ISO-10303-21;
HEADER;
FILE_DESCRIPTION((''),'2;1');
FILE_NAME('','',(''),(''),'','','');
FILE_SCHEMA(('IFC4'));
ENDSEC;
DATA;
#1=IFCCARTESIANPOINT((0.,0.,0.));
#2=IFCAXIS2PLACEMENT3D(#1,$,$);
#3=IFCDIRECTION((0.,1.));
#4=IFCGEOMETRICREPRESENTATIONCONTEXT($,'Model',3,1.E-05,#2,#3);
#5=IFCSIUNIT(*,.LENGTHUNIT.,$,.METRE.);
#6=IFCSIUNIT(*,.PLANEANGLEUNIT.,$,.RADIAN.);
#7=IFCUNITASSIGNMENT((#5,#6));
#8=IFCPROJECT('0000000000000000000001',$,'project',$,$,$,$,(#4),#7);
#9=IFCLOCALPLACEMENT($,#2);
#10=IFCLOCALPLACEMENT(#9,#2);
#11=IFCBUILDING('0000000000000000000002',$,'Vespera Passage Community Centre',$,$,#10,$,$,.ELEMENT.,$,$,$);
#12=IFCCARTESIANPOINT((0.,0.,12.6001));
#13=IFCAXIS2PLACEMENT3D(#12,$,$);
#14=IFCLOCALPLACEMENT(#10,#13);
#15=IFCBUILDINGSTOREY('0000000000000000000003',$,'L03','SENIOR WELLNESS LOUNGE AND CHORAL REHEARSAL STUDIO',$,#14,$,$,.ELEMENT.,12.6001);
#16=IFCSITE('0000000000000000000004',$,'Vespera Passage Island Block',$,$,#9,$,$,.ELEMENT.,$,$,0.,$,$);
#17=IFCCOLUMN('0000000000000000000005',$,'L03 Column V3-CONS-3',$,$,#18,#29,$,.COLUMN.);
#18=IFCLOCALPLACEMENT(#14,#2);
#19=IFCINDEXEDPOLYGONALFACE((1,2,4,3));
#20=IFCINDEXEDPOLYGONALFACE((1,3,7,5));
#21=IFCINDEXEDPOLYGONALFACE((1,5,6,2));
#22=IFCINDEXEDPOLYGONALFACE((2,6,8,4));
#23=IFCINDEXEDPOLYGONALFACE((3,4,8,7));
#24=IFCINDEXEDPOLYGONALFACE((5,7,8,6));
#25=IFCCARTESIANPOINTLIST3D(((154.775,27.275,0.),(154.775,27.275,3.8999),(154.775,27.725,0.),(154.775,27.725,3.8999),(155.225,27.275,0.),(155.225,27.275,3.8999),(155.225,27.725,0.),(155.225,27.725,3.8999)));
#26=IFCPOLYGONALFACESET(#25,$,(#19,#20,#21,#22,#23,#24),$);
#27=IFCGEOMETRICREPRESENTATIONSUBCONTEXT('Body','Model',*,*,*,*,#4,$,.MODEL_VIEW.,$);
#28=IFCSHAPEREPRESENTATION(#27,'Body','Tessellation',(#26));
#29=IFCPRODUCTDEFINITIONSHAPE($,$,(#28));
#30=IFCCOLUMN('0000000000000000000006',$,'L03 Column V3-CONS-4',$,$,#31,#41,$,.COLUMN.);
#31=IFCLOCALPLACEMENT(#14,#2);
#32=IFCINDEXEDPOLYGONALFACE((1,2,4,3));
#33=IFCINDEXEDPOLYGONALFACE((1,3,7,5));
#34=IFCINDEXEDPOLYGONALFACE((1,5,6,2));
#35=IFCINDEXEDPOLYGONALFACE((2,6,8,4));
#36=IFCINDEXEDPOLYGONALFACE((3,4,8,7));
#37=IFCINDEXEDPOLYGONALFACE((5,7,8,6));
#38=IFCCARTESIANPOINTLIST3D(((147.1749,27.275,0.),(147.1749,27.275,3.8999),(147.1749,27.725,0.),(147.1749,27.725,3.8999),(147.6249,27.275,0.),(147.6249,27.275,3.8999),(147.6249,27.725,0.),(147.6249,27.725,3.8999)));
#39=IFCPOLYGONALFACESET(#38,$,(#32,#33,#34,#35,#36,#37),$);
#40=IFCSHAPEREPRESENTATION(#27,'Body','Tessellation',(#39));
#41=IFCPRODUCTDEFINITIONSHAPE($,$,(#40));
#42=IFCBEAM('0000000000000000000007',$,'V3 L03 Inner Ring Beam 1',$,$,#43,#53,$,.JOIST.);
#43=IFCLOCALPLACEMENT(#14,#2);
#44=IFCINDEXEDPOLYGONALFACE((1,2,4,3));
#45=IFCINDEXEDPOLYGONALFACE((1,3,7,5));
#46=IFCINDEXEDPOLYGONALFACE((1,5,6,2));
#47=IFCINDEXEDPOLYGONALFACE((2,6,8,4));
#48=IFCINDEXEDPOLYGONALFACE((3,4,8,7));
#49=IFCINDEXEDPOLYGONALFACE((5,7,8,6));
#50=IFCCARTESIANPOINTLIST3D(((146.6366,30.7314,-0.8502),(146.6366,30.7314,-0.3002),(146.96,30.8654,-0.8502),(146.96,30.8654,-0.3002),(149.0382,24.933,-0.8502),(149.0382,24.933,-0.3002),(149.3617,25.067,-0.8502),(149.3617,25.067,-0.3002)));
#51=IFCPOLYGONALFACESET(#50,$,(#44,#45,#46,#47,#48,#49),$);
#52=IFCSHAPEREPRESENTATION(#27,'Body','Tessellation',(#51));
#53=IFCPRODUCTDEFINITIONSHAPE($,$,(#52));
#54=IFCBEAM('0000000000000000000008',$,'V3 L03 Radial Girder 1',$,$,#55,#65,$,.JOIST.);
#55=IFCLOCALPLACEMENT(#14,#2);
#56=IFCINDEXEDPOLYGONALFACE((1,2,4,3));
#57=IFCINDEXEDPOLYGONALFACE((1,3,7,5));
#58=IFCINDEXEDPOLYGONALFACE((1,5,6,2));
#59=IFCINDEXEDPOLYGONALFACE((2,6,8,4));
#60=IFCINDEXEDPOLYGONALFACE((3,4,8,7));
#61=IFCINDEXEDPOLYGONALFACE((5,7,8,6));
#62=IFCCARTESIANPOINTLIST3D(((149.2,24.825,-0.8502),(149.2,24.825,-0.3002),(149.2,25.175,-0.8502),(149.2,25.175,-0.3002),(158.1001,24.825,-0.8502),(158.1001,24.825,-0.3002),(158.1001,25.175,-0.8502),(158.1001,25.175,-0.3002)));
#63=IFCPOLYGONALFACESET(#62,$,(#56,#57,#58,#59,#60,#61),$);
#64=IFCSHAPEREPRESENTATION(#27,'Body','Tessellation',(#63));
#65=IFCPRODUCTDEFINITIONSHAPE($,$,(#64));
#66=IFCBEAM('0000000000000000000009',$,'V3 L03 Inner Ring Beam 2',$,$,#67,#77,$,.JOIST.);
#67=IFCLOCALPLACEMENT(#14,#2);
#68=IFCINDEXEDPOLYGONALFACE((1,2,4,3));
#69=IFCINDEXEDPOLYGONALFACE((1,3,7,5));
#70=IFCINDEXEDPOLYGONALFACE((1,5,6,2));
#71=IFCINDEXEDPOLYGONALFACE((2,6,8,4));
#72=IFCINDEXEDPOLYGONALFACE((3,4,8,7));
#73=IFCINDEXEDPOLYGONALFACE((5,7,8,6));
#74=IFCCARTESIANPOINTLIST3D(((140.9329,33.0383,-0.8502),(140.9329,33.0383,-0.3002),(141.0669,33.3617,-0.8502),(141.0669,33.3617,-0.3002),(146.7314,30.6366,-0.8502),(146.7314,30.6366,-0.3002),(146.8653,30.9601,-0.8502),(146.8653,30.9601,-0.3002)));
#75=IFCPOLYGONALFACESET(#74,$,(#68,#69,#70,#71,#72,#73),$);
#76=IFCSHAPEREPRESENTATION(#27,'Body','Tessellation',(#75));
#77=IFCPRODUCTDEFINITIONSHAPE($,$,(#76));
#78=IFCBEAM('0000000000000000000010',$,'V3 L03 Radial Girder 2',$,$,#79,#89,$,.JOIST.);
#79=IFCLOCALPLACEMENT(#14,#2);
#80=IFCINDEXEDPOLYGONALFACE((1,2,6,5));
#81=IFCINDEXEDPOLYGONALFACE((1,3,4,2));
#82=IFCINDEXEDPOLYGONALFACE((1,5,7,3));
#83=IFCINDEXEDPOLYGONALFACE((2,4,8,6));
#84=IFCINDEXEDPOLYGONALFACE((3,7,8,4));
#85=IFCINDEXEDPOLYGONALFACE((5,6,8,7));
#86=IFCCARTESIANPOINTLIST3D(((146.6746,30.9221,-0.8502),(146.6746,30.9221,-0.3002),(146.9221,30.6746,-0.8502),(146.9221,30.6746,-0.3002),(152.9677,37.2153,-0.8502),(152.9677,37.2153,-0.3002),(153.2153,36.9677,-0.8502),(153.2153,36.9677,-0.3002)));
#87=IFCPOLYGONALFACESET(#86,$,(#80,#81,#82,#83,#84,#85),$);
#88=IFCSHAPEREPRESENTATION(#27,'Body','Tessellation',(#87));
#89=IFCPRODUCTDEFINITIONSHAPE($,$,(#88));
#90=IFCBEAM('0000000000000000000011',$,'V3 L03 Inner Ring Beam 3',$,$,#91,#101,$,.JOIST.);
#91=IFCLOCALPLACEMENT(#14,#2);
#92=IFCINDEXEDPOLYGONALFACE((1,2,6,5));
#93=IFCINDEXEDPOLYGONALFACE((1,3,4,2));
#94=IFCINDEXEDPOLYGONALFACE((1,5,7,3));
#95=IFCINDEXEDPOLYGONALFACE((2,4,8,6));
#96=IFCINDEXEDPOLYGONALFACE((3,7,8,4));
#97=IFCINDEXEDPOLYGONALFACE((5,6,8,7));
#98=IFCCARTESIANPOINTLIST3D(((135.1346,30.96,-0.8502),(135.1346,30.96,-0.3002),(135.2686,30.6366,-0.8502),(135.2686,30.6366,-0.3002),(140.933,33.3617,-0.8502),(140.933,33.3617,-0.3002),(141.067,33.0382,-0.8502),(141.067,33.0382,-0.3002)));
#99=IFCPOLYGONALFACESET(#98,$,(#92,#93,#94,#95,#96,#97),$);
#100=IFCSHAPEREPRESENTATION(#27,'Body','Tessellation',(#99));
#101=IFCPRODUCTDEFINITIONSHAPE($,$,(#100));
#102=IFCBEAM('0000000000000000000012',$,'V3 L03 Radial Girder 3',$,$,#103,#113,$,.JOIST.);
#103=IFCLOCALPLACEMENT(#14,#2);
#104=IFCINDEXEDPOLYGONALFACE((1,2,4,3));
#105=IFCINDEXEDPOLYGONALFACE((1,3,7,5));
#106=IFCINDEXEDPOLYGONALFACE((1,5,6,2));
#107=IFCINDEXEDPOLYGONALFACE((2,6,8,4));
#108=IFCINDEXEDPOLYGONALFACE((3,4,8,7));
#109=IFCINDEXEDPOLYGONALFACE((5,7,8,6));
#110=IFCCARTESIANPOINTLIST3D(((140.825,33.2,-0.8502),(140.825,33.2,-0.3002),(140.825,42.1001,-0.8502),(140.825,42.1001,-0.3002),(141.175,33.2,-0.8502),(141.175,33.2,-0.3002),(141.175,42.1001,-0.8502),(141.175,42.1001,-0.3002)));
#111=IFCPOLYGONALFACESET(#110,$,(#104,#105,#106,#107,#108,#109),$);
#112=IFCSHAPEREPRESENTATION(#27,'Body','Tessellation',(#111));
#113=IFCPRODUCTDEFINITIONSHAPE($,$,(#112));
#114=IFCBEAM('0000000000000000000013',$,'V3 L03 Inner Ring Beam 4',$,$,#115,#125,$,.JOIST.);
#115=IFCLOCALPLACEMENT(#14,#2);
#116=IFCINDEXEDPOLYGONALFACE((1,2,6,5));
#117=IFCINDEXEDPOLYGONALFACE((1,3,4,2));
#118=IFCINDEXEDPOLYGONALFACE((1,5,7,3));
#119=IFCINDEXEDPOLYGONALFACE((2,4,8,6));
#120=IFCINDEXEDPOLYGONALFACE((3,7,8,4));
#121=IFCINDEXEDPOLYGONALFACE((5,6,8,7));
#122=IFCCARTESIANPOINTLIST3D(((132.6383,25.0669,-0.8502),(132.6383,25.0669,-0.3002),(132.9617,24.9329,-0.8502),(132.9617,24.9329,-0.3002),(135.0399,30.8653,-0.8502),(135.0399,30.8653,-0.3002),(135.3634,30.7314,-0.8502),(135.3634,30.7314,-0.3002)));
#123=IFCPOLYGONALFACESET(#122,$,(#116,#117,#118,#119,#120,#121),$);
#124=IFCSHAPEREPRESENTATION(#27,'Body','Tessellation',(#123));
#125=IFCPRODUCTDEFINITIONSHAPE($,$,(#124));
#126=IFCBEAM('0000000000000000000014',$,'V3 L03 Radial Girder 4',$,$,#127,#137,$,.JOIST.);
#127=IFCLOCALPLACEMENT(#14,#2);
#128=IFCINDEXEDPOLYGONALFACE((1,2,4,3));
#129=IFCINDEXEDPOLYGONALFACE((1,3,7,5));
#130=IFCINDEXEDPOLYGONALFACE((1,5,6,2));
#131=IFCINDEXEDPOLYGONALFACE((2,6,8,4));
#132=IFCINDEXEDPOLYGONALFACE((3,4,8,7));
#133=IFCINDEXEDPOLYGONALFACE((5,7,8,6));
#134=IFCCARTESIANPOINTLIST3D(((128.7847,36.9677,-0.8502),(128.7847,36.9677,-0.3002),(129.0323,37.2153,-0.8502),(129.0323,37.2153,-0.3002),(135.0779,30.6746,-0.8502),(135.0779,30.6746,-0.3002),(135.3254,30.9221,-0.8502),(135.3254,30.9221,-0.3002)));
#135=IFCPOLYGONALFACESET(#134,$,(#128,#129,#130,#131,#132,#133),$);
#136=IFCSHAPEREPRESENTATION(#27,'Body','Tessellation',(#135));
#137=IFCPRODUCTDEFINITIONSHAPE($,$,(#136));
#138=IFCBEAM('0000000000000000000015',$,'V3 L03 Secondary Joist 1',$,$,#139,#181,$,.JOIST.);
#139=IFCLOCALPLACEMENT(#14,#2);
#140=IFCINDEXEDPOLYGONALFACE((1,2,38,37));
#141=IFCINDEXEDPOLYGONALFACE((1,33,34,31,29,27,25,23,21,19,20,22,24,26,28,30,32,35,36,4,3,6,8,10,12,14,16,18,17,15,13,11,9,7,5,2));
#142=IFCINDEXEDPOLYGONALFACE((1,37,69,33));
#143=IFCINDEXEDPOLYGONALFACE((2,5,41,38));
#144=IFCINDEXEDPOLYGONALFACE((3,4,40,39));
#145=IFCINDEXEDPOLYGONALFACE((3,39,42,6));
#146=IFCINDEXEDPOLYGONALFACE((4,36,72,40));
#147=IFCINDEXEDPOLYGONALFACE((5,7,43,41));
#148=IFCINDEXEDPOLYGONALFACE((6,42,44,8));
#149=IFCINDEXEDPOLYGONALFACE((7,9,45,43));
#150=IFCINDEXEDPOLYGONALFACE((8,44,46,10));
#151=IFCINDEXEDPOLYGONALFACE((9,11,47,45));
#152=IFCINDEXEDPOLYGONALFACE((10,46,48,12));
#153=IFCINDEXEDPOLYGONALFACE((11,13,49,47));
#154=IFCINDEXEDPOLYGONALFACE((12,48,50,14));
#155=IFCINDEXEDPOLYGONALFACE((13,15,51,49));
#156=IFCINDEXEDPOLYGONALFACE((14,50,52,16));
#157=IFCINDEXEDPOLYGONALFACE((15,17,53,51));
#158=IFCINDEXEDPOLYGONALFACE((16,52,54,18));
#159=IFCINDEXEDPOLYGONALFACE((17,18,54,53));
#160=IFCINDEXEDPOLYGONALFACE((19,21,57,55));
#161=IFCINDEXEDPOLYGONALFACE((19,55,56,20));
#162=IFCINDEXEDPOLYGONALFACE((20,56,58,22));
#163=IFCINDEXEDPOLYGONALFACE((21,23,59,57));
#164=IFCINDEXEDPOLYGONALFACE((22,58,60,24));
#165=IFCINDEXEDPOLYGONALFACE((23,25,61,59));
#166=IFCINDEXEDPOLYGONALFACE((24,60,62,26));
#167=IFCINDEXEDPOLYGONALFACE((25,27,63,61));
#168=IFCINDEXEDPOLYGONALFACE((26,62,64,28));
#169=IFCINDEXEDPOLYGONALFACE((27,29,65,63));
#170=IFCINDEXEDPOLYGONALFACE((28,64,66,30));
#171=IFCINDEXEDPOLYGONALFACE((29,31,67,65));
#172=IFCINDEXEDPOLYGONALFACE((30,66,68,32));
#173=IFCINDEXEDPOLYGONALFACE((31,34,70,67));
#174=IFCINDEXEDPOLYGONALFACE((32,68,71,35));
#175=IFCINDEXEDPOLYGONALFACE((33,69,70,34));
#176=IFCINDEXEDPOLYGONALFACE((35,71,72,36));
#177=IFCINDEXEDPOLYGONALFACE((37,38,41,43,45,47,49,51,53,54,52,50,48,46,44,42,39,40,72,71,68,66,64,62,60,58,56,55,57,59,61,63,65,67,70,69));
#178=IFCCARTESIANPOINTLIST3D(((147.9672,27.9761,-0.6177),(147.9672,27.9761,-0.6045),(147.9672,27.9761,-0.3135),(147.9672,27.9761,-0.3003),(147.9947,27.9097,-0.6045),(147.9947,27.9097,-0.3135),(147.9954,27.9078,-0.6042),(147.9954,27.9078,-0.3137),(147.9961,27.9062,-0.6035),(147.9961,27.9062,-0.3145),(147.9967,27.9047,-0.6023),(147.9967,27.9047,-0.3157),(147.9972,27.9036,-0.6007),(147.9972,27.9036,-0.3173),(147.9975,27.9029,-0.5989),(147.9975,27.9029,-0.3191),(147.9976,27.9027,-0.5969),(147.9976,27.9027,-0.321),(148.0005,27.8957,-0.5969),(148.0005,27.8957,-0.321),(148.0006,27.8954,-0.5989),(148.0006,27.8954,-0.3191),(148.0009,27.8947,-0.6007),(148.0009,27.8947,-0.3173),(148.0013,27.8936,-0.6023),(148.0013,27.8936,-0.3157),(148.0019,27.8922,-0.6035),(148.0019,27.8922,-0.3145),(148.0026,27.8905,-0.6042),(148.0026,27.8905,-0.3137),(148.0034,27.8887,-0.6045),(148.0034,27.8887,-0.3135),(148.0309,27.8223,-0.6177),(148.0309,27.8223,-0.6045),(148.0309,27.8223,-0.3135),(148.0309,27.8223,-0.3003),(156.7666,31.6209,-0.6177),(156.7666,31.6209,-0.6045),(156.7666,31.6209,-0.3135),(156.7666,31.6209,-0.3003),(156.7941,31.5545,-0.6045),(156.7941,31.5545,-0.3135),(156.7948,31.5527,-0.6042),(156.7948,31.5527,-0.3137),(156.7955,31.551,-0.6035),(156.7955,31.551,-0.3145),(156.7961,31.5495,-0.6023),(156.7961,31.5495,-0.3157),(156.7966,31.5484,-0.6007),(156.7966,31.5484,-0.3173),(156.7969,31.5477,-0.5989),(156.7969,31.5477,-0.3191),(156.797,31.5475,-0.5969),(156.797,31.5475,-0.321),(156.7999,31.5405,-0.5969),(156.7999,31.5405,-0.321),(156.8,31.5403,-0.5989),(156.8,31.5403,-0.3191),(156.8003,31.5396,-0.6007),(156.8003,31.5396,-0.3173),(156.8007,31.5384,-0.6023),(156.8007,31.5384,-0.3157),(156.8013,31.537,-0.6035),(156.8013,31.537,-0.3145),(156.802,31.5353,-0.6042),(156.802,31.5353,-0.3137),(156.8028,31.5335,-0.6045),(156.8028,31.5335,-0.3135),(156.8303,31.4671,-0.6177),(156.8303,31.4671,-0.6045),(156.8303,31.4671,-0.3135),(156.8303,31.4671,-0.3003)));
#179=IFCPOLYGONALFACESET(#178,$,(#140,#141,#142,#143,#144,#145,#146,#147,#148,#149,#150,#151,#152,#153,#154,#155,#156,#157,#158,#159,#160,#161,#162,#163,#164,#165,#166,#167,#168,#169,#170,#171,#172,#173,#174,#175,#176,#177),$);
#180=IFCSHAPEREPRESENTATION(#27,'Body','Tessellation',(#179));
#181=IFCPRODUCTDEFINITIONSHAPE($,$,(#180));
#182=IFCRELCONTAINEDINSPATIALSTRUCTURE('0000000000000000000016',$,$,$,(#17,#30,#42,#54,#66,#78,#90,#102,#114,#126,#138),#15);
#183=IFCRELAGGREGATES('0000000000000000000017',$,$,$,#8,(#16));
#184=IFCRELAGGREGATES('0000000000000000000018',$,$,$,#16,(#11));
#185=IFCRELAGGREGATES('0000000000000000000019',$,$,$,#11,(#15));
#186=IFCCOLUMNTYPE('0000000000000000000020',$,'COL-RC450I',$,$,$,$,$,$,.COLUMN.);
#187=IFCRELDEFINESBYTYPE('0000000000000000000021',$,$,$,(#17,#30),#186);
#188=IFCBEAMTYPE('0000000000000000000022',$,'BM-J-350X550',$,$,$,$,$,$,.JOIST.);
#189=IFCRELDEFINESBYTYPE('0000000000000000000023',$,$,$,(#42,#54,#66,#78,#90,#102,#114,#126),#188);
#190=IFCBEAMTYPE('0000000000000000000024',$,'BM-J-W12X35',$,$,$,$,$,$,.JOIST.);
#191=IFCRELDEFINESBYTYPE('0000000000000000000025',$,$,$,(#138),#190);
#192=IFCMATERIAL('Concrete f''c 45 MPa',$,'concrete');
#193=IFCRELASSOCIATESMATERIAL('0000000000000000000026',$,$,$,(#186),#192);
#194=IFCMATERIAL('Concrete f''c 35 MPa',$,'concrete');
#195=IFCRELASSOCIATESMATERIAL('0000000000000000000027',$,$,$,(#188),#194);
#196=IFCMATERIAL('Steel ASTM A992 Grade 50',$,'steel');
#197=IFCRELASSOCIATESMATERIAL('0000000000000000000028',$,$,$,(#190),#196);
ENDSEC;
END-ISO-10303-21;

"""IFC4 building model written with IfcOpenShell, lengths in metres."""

from ifc_helpers import new_model, si_unit, direction, frame, origin, origin_2d, place, context, subcontext, project, spatial, rectangle, i_section, extrude, material, material_profile, profile_set, type_object, element, save


model = new_model("IFC4")

# Units and contexts
model_context = context("Model", 3, precision=1e-05, world=origin(), true_north=direction((0.0, 1.0)))
body_context = subcontext(model_context, "Body", "Model", "MODEL_VIEW")
ifc_project = project(units=[si_unit("LENGTHUNIT", "METRE"), si_unit("PLANEANGLEUNIT", "RADIAN")], contexts=[model_context])

# Site, building, storey
site_placement = place(None, origin())
site = spatial("IfcSite", under=ifc_project, at=site_placement, Name="Vespera Passage Island Block", CompositionType="ELEMENT", RefElevation=0.0)
building_placement = place(site_placement, origin())
building = spatial("IfcBuilding", under=site, at=building_placement, Name="Vespera Passage Community Centre", CompositionType="ELEMENT")
storey_placement = place(building_placement, frame((0.0, 0.0, 12.6001)))
storey = spatial("IfcBuildingStorey", under=building, at=storey_placement, Name="L03", Description="SENIOR WELLNESS LOUNGE AND CHORAL REHEARSAL STUDIO", CompositionType="ELEMENT", Elevation=12.6001)

# Columns
ifc_material_1 = material(Name="Concrete f'c 45 MPa", Category="concrete")
ifc_material_profile_1 = material_profile(ifc_material_1, rectangle(XDim=0.45, YDim=0.45, at=origin_2d()), Name="RC450X450")
ifc_profile_set_1 = profile_set([ifc_material_profile_1], Name="Concrete f'c 45 MPa")
column_type = type_object("IfcColumnType", Name="COL-RC450I", PredefinedType="COLUMN", material=ifc_profile_set_1)
for number, where, z_axis, x_axis, name in (
    (1, (155.0, 27.5, 0.0), (0.0, 0.0, 1.0), (1.0, 0.0, 0.0), "L03 Column V3-CONS-3"),
    (2, (147.3999, 27.5, 0.0), (0.0, 0.0, 1.0), (1.0, 0.0, 0.0), "L03 Column V3-CONS-4"),
):
    element("IfcColumn", number, at=place(storey_placement, frame(where, z_axis=z_axis, x_axis=x_axis)), inside=storey, type_object=column_type, Name=name, PredefinedType="COLUMN", context=body_context, shape_type="SweptSolid", body=[
        extrude(rectangle(XDim=0.45, YDim=0.45, at=origin_2d()), origin(), (0.0, 0.0, 1.0), 3.8999),
    ])

# Beams
ifc_material_2 = material(Name="Concrete f'c 35 MPa", Category="concrete")
ifc_material_profile_2 = material_profile(ifc_material_2, rectangle(XDim=0.3501, YDim=0.55, at=origin_2d()), Name="RC350X550")
ifc_profile_set_2 = profile_set([ifc_material_profile_2], Name="Concrete f'c 35 MPa")
beam_type_1 = type_object("IfcBeamType", Name="BM-J-350X550", PredefinedType="JOIST", material=ifc_profile_set_2)
beam_1_placement = place(storey_placement, frame((149.2, 25.0, -0.5752), z_axis=(-0.382664, 0.923887, 0.0), x_axis=(-0.923887, -0.382664, 0.0)))
element("IfcBeam", 3, at=beam_1_placement, inside=storey, type_object=beam_type_1, Name="V3 L03 Inner Ring Beam 1", PredefinedType="JOIST", context=body_context, shape_type="SweptSolid", body=[
    extrude(rectangle(XDim=0.3501, YDim=0.55, at=origin_2d()), origin(), (0.0, 0.0, 1.0), 6.2761),
])
beam_2_placement = place(storey_placement, frame((149.2, 25.0, -0.5752), z_axis=(1.0, 0.0, 0.0), x_axis=(0.0, 1.0, 0.0)))
element("IfcBeam", 4, at=beam_2_placement, inside=storey, type_object=beam_type_1, Name="V3 L03 Radial Girder 1", PredefinedType="JOIST", context=body_context, shape_type="SweptSolid", body=[
    extrude(rectangle(XDim=0.3501, YDim=0.55, at=origin_2d()), origin(), (0.0, 0.0, 1.0), 8.9001),
])
beam_3_placement = place(storey_placement, frame((146.7983, 30.7983, -0.5752), z_axis=(-0.923887, 0.382664, 0.0), x_axis=(-0.382664, -0.923887, 0.0)))
element("IfcBeam", 5, at=beam_3_placement, inside=storey, type_object=beam_type_1, Name="V3 L03 Inner Ring Beam 2", PredefinedType="JOIST", context=body_context, shape_type="SweptSolid", body=[
    extrude(rectangle(XDim=0.3501, YDim=0.55, at=origin_2d()), origin(), (0.0, 0.0, 1.0), 6.2761),
])
beam_4_placement = place(storey_placement, frame((146.7983, 30.7983, -0.5752), z_axis=(0.707107, 0.707107, 0.0), x_axis=(-0.707107, 0.707107, 0.0)))
element("IfcBeam", 6, at=beam_4_placement, inside=storey, type_object=beam_type_1, Name="V3 L03 Radial Girder 2", PredefinedType="JOIST", context=body_context, shape_type="SweptSolid", body=[
    extrude(rectangle(XDim=0.3501, YDim=0.55, at=origin_2d()), origin(), (0.0, 0.0, 1.0), 8.8999),
])
beam_5_placement = place(storey_placement, frame((141.0, 33.2, -0.5752), z_axis=(-0.923887, -0.382664, 0.0), x_axis=(0.382664, -0.923887, 0.0)))
element("IfcBeam", 7, at=beam_5_placement, inside=storey, type_object=beam_type_1, Name="V3 L03 Inner Ring Beam 3", PredefinedType="JOIST", context=body_context, shape_type="SweptSolid", body=[
    extrude(rectangle(XDim=0.3501, YDim=0.55, at=origin_2d()), origin(), (0.0, 0.0, 1.0), 6.2761),
])
beam_6_placement = place(storey_placement, frame((141.0, 33.2, -0.5752), z_axis=(0.0, 1.0, 0.0), x_axis=(-1.0, 0.0, 0.0)))
element("IfcBeam", 8, at=beam_6_placement, inside=storey, type_object=beam_type_1, Name="V3 L03 Radial Girder 3", PredefinedType="JOIST", context=body_context, shape_type="SweptSolid", body=[
    extrude(rectangle(XDim=0.3501, YDim=0.55, at=origin_2d()), origin(), (0.0, 0.0, 1.0), 8.9001),
])
beam_7_placement = place(storey_placement, frame((135.2017, 30.7983, -0.5752), z_axis=(-0.382664, -0.923887, 0.0), x_axis=(0.923887, -0.382664, 0.0)))
element("IfcBeam", 9, at=beam_7_placement, inside=storey, type_object=beam_type_1, Name="V3 L03 Inner Ring Beam 4", PredefinedType="JOIST", context=body_context, shape_type="SweptSolid", body=[
    extrude(rectangle(XDim=0.3501, YDim=0.55, at=origin_2d()), origin(), (0.0, 0.0, 1.0), 6.2761),
])
beam_8_placement = place(storey_placement, frame((135.2017, 30.7983, -0.5752), z_axis=(-0.707107, 0.707107, 0.0), x_axis=(-0.707107, -0.707107, 0.0)))
element("IfcBeam", 10, at=beam_8_placement, inside=storey, type_object=beam_type_1, Name="V3 L03 Radial Girder 4", PredefinedType="JOIST", context=body_context, shape_type="SweptSolid", body=[
    extrude(rectangle(XDim=0.3501, YDim=0.55, at=origin_2d()), origin(), (0.0, 0.0, 1.0), 8.8999),
])
ifc_material_3 = material(Name="Steel ASTM A992 Grade 50", Category="steel")
ifc_material_profile_3 = material_profile(ifc_material_3, i_section(OverallWidth=0.1665, OverallDepth=0.3174, WebThickness=0.0076, FlangeThickness=0.0132, FilletRadius=0.0076, at=origin_2d()), Name="W12X35")
ifc_profile_set_3 = profile_set([ifc_material_profile_3], Name="Steel ASTM A992 Grade 50")
beam_type_2 = type_object("IfcBeamType", Name="BM-J-W12X35", PredefinedType="JOIST", material=ifc_profile_set_3)
beam_9_placement = place(storey_placement, frame((147.999, 27.8992, -0.459), z_axis=(0.92388, 0.382682, 0.0), x_axis=(-0.382682, 0.92388, 0.0)))
element("IfcBeam", 11, at=beam_9_placement, inside=storey, type_object=beam_type_2, Name="V3 L03 Secondary Joist 1", PredefinedType="JOIST", context=body_context, shape_type="SweptSolid", body=[
    extrude(i_section(OverallWidth=0.1665, OverallDepth=0.3174, WebThickness=0.0076, FlangeThickness=0.0132, FilletRadius=0.0076, at=origin_2d()), origin(), (0.0, 0.0, 1.0), 9.5244),
])

save(model, "model.ifc")
